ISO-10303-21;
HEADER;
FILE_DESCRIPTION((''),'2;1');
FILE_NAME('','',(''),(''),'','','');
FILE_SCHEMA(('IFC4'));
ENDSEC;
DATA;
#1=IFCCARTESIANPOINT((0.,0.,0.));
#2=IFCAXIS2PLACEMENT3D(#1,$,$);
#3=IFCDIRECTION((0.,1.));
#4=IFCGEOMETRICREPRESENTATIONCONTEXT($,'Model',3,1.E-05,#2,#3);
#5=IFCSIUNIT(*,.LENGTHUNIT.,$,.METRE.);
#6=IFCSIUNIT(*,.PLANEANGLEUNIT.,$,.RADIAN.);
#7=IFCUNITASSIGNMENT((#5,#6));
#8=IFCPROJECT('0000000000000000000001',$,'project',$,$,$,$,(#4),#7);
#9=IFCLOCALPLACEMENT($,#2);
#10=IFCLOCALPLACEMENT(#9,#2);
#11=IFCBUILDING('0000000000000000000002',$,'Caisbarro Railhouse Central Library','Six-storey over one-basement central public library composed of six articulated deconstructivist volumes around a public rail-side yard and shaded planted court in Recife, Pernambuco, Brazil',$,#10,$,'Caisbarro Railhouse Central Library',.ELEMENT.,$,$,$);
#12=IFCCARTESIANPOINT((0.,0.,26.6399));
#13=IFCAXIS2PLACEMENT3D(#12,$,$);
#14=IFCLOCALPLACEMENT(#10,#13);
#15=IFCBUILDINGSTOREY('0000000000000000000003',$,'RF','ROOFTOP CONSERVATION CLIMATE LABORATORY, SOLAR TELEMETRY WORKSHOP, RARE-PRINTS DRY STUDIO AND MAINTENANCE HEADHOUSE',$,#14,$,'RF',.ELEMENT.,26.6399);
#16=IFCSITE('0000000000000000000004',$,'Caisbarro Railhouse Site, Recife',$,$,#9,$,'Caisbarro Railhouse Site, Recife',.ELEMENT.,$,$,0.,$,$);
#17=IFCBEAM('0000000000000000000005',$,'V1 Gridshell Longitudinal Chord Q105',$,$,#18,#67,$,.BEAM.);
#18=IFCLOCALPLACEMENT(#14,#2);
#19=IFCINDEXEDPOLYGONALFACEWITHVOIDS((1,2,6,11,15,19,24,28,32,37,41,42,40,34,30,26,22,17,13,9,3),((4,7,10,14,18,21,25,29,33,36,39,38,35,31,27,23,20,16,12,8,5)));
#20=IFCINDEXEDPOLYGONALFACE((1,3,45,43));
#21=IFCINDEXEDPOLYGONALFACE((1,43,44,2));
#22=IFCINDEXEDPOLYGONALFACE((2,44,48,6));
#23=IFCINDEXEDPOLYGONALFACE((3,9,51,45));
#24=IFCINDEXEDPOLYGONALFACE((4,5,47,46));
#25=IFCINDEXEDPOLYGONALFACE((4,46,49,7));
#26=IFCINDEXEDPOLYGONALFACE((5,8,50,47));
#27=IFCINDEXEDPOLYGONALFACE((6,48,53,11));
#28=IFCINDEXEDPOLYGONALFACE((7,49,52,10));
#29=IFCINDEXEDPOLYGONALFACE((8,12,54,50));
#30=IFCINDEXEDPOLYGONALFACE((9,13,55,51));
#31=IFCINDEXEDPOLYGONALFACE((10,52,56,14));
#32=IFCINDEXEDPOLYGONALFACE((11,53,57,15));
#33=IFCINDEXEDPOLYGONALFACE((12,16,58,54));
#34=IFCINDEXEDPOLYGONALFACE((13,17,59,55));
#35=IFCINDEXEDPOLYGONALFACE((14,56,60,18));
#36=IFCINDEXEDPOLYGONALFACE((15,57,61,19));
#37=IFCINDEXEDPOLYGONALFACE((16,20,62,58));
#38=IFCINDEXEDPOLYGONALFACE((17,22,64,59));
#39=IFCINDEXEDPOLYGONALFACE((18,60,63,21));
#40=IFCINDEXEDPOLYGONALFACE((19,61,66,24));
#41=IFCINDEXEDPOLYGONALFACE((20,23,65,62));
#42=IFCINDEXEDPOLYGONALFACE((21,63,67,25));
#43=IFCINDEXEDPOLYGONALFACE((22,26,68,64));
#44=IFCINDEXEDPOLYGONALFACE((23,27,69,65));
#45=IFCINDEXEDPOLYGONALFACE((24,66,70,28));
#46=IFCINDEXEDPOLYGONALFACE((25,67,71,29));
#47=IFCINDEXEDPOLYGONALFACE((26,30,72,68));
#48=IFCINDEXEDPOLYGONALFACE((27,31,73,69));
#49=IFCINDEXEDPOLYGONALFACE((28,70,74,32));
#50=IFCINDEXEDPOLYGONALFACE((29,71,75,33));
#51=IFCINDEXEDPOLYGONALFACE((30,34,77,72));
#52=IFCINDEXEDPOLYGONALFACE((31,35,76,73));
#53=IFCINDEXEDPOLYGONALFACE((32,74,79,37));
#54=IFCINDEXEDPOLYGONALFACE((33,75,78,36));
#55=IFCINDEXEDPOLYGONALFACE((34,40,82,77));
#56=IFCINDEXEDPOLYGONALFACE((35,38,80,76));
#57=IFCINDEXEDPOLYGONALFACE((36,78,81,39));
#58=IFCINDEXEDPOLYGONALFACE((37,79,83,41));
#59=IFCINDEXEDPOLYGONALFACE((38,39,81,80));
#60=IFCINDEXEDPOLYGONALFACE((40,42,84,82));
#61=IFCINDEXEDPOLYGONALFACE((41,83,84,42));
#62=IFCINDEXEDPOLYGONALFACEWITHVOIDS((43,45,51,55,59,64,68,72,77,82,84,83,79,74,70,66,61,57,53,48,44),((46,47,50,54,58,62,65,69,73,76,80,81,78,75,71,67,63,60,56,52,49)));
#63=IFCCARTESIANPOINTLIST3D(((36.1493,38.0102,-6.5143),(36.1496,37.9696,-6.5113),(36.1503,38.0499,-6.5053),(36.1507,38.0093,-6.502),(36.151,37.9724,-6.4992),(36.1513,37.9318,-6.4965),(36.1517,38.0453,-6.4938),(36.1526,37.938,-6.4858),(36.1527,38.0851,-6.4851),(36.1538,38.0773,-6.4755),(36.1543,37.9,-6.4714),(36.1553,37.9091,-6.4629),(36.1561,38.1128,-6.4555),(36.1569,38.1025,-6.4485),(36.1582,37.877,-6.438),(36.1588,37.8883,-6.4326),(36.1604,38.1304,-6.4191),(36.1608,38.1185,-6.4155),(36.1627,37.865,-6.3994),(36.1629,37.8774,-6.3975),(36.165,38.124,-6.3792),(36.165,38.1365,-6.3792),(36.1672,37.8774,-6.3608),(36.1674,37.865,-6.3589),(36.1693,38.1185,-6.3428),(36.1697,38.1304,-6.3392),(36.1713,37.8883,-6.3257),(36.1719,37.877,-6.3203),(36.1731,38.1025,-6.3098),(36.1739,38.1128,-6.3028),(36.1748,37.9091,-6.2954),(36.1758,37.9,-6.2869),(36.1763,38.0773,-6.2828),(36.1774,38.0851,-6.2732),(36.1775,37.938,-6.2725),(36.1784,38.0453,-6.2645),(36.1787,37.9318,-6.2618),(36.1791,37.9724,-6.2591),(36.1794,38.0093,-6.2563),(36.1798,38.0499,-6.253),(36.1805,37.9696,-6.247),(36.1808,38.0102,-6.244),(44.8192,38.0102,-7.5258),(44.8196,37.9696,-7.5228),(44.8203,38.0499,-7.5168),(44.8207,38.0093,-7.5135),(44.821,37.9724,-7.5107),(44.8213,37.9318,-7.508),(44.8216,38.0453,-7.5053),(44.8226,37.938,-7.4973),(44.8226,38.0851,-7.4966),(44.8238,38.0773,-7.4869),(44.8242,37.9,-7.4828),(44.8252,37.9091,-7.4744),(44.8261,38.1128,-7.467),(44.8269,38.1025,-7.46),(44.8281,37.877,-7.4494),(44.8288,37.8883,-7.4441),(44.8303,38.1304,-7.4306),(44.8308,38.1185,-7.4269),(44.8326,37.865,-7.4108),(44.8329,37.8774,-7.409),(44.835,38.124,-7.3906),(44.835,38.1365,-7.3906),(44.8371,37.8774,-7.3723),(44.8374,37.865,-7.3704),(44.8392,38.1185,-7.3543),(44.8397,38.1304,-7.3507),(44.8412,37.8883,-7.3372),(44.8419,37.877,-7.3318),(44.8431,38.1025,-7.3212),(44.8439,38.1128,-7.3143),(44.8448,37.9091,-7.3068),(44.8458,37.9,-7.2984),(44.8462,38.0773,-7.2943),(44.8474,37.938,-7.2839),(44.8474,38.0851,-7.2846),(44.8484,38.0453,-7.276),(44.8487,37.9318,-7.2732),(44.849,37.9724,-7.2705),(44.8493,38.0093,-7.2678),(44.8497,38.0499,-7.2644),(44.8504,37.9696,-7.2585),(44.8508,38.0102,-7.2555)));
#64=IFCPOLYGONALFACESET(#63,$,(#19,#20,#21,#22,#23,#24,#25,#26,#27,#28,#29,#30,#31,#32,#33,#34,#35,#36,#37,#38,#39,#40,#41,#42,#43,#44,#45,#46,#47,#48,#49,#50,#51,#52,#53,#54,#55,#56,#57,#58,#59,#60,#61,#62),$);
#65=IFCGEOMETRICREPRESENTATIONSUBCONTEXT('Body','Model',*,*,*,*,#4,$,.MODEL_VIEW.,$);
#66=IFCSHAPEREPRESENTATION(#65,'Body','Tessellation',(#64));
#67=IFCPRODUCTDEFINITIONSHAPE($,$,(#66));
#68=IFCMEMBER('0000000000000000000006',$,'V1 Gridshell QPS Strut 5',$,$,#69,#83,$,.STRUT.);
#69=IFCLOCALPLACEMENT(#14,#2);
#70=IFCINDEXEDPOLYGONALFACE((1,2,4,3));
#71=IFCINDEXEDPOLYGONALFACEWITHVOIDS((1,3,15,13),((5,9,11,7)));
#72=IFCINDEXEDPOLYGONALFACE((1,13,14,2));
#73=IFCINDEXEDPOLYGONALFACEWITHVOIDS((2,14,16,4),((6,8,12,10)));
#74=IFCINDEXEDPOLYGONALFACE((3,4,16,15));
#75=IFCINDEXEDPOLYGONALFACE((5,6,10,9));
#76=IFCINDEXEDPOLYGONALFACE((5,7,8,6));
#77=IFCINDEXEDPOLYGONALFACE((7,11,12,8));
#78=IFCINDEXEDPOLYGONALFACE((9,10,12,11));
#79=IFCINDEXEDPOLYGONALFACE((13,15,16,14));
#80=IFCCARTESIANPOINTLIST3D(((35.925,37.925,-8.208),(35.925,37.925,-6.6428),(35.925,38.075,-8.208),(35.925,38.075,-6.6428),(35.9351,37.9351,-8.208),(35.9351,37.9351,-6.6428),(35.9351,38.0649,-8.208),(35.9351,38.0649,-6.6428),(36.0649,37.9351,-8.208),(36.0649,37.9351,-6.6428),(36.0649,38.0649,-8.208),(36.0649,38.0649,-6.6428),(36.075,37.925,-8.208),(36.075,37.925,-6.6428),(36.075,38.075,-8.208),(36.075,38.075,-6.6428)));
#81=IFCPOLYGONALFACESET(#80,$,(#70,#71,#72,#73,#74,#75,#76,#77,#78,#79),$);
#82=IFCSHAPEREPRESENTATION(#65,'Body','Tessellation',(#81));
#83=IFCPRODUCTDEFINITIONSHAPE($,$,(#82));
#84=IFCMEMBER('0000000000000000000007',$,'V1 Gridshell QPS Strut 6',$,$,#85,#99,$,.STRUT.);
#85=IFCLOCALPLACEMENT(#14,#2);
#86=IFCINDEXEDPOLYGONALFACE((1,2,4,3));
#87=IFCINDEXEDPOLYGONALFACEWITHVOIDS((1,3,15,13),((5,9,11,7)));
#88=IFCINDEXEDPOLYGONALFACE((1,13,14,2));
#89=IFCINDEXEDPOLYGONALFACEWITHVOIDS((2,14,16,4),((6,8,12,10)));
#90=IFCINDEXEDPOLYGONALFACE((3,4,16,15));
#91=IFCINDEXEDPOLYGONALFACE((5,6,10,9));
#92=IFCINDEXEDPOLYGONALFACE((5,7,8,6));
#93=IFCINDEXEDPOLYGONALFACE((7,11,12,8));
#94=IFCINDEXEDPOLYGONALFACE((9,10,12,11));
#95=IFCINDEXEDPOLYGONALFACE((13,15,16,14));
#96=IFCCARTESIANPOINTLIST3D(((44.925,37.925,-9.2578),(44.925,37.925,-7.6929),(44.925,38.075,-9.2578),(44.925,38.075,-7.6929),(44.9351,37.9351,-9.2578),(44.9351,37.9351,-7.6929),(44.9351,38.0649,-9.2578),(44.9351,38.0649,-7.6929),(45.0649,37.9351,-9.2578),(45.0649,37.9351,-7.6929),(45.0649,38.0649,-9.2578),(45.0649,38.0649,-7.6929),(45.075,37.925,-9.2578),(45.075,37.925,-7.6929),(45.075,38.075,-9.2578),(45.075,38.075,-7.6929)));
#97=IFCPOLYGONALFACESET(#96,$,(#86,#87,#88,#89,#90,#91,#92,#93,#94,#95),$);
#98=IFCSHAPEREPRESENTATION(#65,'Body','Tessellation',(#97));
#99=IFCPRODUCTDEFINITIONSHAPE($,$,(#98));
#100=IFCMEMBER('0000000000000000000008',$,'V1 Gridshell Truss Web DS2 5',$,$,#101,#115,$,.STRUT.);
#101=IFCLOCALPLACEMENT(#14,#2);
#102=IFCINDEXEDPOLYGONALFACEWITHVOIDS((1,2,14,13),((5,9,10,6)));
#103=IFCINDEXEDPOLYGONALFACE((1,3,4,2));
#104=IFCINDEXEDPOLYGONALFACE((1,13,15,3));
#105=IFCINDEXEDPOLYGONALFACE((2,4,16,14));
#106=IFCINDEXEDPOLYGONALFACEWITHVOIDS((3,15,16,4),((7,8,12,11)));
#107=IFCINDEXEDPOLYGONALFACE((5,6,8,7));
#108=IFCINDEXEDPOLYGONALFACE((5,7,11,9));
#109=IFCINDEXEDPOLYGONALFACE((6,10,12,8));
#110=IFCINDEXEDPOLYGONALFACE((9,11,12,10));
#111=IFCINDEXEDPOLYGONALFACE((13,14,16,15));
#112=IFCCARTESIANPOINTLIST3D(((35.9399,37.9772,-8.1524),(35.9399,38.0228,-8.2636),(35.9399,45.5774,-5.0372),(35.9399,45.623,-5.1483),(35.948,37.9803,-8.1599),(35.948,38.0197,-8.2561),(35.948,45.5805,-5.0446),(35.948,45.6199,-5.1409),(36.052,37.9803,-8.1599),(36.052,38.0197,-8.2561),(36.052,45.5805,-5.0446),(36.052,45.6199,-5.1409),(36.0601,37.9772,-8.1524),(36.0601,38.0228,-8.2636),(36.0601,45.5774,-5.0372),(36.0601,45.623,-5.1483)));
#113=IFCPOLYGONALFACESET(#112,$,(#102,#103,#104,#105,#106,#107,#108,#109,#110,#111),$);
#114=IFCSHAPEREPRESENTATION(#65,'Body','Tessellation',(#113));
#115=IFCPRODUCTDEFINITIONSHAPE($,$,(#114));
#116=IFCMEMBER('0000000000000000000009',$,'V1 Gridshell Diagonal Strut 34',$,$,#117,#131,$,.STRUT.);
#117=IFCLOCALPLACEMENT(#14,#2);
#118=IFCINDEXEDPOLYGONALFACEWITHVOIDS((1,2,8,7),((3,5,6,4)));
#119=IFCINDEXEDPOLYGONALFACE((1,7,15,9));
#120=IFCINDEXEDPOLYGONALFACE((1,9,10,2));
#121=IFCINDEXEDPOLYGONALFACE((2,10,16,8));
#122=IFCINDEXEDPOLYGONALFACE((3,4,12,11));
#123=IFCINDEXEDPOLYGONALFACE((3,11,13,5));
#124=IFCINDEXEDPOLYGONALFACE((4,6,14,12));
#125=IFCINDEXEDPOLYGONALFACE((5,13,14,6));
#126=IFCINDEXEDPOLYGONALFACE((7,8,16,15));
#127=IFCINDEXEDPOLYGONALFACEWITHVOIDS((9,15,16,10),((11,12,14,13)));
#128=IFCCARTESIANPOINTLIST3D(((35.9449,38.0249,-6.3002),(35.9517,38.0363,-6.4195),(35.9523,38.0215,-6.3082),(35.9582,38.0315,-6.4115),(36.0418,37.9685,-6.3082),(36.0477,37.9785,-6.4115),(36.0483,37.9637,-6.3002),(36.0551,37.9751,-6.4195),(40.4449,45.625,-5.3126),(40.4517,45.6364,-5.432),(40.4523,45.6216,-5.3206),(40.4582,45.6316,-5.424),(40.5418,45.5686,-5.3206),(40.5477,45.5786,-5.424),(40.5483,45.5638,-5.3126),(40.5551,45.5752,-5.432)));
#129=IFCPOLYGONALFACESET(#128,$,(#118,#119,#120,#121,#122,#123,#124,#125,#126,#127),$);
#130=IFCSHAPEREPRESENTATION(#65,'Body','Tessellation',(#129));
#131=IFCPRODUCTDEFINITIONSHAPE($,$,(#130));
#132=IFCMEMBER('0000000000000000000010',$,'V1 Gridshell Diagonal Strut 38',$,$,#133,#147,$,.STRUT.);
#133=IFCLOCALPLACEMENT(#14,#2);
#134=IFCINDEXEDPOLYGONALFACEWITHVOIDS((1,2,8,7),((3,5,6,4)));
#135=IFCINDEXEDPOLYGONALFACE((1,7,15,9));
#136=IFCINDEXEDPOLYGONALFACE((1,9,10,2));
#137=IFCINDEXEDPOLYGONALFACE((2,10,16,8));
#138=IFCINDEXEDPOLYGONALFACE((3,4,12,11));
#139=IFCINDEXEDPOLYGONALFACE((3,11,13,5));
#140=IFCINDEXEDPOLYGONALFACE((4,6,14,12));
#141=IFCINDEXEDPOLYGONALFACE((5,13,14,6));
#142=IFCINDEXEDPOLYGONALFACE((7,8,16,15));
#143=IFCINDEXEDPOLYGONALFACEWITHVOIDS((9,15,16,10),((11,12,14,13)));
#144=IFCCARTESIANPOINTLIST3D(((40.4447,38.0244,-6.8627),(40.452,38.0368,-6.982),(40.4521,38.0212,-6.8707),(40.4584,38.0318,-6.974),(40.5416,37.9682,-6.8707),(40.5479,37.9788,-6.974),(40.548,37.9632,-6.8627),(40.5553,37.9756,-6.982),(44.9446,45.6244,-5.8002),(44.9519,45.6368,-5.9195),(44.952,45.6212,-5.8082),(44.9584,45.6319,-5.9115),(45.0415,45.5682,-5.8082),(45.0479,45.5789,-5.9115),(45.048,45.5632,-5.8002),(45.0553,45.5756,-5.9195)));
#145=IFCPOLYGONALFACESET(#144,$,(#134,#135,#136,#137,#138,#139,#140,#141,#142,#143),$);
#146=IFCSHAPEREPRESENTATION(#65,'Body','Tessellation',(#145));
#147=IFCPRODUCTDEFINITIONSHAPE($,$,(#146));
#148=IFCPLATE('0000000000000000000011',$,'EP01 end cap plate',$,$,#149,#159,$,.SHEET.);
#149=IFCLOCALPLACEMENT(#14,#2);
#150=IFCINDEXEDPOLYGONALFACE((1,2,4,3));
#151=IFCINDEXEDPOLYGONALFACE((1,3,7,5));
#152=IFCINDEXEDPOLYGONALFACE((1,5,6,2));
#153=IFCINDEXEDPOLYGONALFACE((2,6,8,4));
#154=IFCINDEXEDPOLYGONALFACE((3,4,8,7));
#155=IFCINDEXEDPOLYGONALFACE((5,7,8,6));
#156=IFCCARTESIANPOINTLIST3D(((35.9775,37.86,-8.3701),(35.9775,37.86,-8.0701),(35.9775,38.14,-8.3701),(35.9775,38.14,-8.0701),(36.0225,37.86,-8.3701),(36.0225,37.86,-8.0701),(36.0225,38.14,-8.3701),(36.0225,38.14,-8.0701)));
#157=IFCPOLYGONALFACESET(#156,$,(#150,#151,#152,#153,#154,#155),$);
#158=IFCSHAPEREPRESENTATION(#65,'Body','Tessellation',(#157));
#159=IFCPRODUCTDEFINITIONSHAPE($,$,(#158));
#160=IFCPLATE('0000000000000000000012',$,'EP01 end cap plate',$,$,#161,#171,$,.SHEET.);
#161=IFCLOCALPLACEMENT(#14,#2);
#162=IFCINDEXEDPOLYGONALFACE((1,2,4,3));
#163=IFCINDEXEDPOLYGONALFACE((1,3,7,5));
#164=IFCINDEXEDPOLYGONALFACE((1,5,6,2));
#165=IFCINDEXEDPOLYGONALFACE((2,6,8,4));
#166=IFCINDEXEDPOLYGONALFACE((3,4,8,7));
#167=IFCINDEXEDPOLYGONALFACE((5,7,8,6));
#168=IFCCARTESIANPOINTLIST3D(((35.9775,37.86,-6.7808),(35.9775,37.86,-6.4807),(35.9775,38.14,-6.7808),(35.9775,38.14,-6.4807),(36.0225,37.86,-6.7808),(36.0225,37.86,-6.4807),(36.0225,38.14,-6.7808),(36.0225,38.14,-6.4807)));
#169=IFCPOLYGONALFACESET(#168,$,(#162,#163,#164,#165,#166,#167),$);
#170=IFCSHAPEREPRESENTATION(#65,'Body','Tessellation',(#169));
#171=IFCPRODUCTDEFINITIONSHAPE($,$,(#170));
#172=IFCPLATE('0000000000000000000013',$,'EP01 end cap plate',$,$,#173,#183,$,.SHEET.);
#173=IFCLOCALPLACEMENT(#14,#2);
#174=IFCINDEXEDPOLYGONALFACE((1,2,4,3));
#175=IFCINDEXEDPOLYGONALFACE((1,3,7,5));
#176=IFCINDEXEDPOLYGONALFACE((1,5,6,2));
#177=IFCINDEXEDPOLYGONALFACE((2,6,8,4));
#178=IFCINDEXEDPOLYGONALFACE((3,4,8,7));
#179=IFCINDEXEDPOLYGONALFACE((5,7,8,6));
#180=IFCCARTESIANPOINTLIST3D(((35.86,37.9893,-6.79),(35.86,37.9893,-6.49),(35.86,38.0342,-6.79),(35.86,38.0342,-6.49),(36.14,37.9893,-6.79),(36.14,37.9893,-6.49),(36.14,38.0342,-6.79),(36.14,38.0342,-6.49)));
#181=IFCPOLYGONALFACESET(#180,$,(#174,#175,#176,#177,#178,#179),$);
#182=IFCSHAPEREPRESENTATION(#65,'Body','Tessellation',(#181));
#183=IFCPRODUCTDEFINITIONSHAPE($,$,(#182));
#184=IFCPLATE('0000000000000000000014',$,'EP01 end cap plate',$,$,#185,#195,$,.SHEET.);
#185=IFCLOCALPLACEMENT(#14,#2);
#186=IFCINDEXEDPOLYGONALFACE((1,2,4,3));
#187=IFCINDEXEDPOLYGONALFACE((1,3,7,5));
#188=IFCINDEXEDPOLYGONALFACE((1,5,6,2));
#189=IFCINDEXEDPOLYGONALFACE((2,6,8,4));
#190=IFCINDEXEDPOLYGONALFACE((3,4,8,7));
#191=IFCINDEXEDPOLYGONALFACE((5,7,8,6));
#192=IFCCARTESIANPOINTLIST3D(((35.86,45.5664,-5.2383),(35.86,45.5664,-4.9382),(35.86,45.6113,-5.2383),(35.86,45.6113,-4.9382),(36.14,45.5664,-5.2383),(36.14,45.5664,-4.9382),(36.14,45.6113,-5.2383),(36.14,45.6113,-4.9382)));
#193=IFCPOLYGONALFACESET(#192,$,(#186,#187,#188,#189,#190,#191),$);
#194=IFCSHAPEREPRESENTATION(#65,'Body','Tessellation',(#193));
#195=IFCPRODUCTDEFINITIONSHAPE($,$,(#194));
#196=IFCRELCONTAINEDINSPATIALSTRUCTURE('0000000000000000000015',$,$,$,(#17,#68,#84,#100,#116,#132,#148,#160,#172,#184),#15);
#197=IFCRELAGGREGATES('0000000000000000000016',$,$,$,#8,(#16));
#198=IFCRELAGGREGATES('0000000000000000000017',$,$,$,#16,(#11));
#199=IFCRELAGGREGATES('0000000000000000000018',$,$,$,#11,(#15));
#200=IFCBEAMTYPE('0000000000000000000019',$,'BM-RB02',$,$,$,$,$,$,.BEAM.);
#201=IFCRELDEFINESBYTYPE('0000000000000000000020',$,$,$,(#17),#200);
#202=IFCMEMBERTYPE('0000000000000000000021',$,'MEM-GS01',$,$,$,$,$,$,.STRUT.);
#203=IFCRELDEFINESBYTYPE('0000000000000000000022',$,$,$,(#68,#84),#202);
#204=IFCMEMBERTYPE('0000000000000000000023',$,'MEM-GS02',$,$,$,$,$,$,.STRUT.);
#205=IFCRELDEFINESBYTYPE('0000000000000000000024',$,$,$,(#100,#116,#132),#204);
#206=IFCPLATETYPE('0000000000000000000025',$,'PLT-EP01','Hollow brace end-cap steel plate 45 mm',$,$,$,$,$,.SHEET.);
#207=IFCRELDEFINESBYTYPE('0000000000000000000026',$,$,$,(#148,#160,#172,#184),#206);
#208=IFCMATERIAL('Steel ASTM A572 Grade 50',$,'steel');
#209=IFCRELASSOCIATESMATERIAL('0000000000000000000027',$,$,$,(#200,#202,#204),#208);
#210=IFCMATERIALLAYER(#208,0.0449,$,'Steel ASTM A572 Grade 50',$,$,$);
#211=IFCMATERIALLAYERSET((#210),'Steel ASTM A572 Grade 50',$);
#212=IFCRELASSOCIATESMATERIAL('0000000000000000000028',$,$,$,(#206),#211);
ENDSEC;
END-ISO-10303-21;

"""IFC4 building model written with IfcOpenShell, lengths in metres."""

from ifc_helpers import new_model, si_unit, direction, frame, origin, origin_2d, place, context, subcontext, project, spatial, rectangle, hollow_rectangle, hollow_circle, extrude, material, layer, layer_set, material_profile, profile_set, type_object, element, save


model = new_model("IFC4")

# Units and contexts
model_context = context("Model", 3, precision=1e-05, world=origin(), true_north=direction((0.0, 1.0)))
body_context = subcontext(model_context, "Body", "Model", "MODEL_VIEW")
ifc_project = project(units=[si_unit("LENGTHUNIT", "METRE"), si_unit("PLANEANGLEUNIT", "RADIAN")], contexts=[model_context])

# Site, building, storey
site_placement = place(None, origin())
site = spatial("IfcSite", under=ifc_project, at=site_placement, Name="Caisbarro Railhouse Site, Recife", LongName="Caisbarro Railhouse Site, Recife", CompositionType="ELEMENT", RefElevation=0.0)
building_placement = place(site_placement, origin())
building = spatial("IfcBuilding", under=site, at=building_placement, Name="Caisbarro Railhouse Central Library", Description="Six-storey over one-basement central public library composed of six articulated deconstructivist volumes around a public rail-side yard and shaded planted court in Recife, Pernambuco, Brazil", LongName="Caisbarro Railhouse Central Library", CompositionType="ELEMENT")
storey_placement = place(building_placement, frame((0.0, 0.0, 26.6399)))
storey = spatial("IfcBuildingStorey", under=building, at=storey_placement, Name="RF", Description="ROOFTOP CONSERVATION CLIMATE LABORATORY, SOLAR TELEMETRY WORKSHOP, RARE-PRINTS DRY STUDIO AND MAINTENANCE HEADHOUSE", LongName="RF", CompositionType="ELEMENT", Elevation=26.6399)

# Beam
ifc_material = material(Name="Steel ASTM A572 Grade 50", Category="steel")
ifc_material_profile_1 = material_profile(ifc_material, hollow_circle(Radius=0.1365, WallThickness=0.0125, at=origin_2d()), Name="CHS273.0X12.5")
ifc_profile_set_1 = profile_set([ifc_material_profile_1], Name="Steel ASTM A572 Grade 50")
beam_type = type_object("IfcBeamType", Name="BM-RB02", PredefinedType="BEAM", material=ifc_profile_set_1)
beam_placement = place(storey_placement, frame((36.165, 38.0, -6.3792), z_axis=(0.993263, 0.0, -0.115879), x_axis=(0.0, 1.0, 0.0)))
element("IfcBeam", 1, at=beam_placement, inside=storey, type_object=beam_type, Name="V1 Gridshell Longitudinal Chord Q105", PredefinedType="BEAM", context=body_context, shape_type="SweptSolid", body=[
    extrude(hollow_circle(Radius=0.1365, WallThickness=0.0125, at=origin_2d()), origin(), (0.0, 0.0, 1.0), 8.7288),
])

# Members
ifc_material_profile_2 = material_profile(ifc_material, hollow_rectangle(XDim=0.1499, YDim=0.1499, WallThickness=0.01, at=origin_2d()), Name="HSS150X150X10")
ifc_profile_set_2 = profile_set([ifc_material_profile_2], Name="Steel ASTM A572 Grade 50")
member_type_1 = type_object("IfcMemberType", Name="MEM-GS01", PredefinedType="STRUT", material=ifc_profile_set_2)
member_1_placement = place(storey_placement, frame((36.0, 38.0, -8.208), z_axis=(0.0, 0.0, 1.0), x_axis=(1.0, 0.0, 0.0)))
element("IfcMember", 2, at=member_1_placement, inside=storey, type_object=member_type_1, Name="V1 Gridshell QPS Strut 5", PredefinedType="STRUT", context=body_context, shape_type="SweptSolid", body=[
    extrude(hollow_rectangle(XDim=0.1499, YDim=0.1499, WallThickness=0.01, at=origin_2d()), origin(), (0.0, 0.0, 1.0), 1.5652),
])
member_2_placement = place(storey_placement, frame((45.0, 38.0, -9.2578), z_axis=(0.0, 0.0, 1.0), x_axis=(1.0, 0.0, 0.0)))
element("IfcMember", 3, at=member_2_placement, inside=storey, type_object=member_type_1, Name="V1 Gridshell QPS Strut 6", PredefinedType="STRUT", context=body_context, shape_type="SweptSolid", body=[
    extrude(hollow_rectangle(XDim=0.1499, YDim=0.1499, WallThickness=0.01, at=origin_2d()), origin(), (0.0, 0.0, 1.0), 1.5649),
])
ifc_material_profile_3 = material_profile(ifc_material, hollow_rectangle(XDim=0.1201, YDim=0.1201, WallThickness=0.0081, at=origin_2d()), Name="HSS120X120X8")
ifc_profile_set_3 = profile_set([ifc_material_profile_3], Name="Steel ASTM A572 Grade 50")
member_type_2 = type_object("IfcMemberType", Name="MEM-GS02", PredefinedType="STRUT", material=ifc_profile_set_3)
member_3_placement = place(storey_placement, frame((36.0, 38.0, -8.208), z_axis=(0.0, 0.925286, 0.379269), x_axis=(-1.0, 0.0, 0.0)))
element("IfcMember", 4, at=member_3_placement, inside=storey, type_object=member_type_2, Name="V1 Gridshell Truss Web DS2 5", PredefinedType="STRUT", context=body_context, shape_type="SweptSolid", body=[
    extrude(hollow_rectangle(XDim=0.1201, YDim=0.1201, WallThickness=0.0081, at=origin_2d()), origin(), (0.0, 0.0, 1.0), 8.2139),
])
member_4_placement = place(storey_placement, frame((36.0, 38.0, -6.3599), z_axis=(0.506332, 0.85515, 0.111117), x_axis=(-0.860478, 0.509487, 0.0)))
element("IfcMember", 5, at=member_4_placement, inside=storey, type_object=member_type_2, Name="V1 Gridshell Diagonal Strut 34", PredefinedType="STRUT", context=body_context, shape_type="SweptSolid", body=[
    extrude(hollow_rectangle(XDim=0.1201, YDim=0.1201, WallThickness=0.0081, at=origin_2d()), origin(), (0.0, 0.0, 1.0), 8.8875),
])
member_5_placement = place(storey_placement, frame((40.5, 38.0, -6.9224), z_axis=(0.50584, 0.854319, 0.119435), x_axis=(-0.860478, 0.509487, 0.0)))
element("IfcMember", 6, at=member_5_placement, inside=storey, type_object=member_type_2, Name="V1 Gridshell Diagonal Strut 38", PredefinedType="STRUT", context=body_context, shape_type="SweptSolid", body=[
    extrude(hollow_rectangle(XDim=0.1201, YDim=0.1201, WallThickness=0.0081, at=origin_2d()), origin(), (0.0, 0.0, 1.0), 8.896),
])

# Plates
ifc_layer = layer(ifc_material, 0.0449, Name="Steel ASTM A572 Grade 50")
ifc_layer_set = layer_set([ifc_layer], Name="Steel ASTM A572 Grade 50")
plate_type = type_object("IfcPlateType", Name="PLT-EP01", Description="Hollow brace end-cap steel plate 45 mm", PredefinedType="SHEET", material=ifc_layer_set)
for number, where, z_axis, x_axis, name in (
    (7, (36.0, 38.0, -8.3701), (0.0, 0.0, 1.0), (1.0, 0.0, 0.0), "EP01 end cap plate"),
    (8, (36.0, 38.0, -6.7808), (0.0, 0.0, 1.0), (1.0, 0.0, 0.0), "EP01 end cap plate"),
    (9, (36.0, 38.0117, -6.79), (0.0, 0.0, 1.0), (0.0, 1.0, 0.0), "EP01 end cap plate"),
    (10, (36.0, 45.5889, -5.2383), (0.0, 0.0, 1.0), (0.0, -1.0, 0.0), "EP01 end cap plate"),
):
    element("IfcPlate", number, at=place(storey_placement, frame(where, z_axis=z_axis, x_axis=x_axis)), inside=storey, type_object=plate_type, Name=name, PredefinedType="SHEET", context=body_context, shape_type="SweptSolid", body=[
        extrude(rectangle(XDim=0.0449, YDim=0.28, at=origin_2d()), origin(), (0.0, 0.0, 1.0), 0.3),
    ])

save(model, "model.ifc")
